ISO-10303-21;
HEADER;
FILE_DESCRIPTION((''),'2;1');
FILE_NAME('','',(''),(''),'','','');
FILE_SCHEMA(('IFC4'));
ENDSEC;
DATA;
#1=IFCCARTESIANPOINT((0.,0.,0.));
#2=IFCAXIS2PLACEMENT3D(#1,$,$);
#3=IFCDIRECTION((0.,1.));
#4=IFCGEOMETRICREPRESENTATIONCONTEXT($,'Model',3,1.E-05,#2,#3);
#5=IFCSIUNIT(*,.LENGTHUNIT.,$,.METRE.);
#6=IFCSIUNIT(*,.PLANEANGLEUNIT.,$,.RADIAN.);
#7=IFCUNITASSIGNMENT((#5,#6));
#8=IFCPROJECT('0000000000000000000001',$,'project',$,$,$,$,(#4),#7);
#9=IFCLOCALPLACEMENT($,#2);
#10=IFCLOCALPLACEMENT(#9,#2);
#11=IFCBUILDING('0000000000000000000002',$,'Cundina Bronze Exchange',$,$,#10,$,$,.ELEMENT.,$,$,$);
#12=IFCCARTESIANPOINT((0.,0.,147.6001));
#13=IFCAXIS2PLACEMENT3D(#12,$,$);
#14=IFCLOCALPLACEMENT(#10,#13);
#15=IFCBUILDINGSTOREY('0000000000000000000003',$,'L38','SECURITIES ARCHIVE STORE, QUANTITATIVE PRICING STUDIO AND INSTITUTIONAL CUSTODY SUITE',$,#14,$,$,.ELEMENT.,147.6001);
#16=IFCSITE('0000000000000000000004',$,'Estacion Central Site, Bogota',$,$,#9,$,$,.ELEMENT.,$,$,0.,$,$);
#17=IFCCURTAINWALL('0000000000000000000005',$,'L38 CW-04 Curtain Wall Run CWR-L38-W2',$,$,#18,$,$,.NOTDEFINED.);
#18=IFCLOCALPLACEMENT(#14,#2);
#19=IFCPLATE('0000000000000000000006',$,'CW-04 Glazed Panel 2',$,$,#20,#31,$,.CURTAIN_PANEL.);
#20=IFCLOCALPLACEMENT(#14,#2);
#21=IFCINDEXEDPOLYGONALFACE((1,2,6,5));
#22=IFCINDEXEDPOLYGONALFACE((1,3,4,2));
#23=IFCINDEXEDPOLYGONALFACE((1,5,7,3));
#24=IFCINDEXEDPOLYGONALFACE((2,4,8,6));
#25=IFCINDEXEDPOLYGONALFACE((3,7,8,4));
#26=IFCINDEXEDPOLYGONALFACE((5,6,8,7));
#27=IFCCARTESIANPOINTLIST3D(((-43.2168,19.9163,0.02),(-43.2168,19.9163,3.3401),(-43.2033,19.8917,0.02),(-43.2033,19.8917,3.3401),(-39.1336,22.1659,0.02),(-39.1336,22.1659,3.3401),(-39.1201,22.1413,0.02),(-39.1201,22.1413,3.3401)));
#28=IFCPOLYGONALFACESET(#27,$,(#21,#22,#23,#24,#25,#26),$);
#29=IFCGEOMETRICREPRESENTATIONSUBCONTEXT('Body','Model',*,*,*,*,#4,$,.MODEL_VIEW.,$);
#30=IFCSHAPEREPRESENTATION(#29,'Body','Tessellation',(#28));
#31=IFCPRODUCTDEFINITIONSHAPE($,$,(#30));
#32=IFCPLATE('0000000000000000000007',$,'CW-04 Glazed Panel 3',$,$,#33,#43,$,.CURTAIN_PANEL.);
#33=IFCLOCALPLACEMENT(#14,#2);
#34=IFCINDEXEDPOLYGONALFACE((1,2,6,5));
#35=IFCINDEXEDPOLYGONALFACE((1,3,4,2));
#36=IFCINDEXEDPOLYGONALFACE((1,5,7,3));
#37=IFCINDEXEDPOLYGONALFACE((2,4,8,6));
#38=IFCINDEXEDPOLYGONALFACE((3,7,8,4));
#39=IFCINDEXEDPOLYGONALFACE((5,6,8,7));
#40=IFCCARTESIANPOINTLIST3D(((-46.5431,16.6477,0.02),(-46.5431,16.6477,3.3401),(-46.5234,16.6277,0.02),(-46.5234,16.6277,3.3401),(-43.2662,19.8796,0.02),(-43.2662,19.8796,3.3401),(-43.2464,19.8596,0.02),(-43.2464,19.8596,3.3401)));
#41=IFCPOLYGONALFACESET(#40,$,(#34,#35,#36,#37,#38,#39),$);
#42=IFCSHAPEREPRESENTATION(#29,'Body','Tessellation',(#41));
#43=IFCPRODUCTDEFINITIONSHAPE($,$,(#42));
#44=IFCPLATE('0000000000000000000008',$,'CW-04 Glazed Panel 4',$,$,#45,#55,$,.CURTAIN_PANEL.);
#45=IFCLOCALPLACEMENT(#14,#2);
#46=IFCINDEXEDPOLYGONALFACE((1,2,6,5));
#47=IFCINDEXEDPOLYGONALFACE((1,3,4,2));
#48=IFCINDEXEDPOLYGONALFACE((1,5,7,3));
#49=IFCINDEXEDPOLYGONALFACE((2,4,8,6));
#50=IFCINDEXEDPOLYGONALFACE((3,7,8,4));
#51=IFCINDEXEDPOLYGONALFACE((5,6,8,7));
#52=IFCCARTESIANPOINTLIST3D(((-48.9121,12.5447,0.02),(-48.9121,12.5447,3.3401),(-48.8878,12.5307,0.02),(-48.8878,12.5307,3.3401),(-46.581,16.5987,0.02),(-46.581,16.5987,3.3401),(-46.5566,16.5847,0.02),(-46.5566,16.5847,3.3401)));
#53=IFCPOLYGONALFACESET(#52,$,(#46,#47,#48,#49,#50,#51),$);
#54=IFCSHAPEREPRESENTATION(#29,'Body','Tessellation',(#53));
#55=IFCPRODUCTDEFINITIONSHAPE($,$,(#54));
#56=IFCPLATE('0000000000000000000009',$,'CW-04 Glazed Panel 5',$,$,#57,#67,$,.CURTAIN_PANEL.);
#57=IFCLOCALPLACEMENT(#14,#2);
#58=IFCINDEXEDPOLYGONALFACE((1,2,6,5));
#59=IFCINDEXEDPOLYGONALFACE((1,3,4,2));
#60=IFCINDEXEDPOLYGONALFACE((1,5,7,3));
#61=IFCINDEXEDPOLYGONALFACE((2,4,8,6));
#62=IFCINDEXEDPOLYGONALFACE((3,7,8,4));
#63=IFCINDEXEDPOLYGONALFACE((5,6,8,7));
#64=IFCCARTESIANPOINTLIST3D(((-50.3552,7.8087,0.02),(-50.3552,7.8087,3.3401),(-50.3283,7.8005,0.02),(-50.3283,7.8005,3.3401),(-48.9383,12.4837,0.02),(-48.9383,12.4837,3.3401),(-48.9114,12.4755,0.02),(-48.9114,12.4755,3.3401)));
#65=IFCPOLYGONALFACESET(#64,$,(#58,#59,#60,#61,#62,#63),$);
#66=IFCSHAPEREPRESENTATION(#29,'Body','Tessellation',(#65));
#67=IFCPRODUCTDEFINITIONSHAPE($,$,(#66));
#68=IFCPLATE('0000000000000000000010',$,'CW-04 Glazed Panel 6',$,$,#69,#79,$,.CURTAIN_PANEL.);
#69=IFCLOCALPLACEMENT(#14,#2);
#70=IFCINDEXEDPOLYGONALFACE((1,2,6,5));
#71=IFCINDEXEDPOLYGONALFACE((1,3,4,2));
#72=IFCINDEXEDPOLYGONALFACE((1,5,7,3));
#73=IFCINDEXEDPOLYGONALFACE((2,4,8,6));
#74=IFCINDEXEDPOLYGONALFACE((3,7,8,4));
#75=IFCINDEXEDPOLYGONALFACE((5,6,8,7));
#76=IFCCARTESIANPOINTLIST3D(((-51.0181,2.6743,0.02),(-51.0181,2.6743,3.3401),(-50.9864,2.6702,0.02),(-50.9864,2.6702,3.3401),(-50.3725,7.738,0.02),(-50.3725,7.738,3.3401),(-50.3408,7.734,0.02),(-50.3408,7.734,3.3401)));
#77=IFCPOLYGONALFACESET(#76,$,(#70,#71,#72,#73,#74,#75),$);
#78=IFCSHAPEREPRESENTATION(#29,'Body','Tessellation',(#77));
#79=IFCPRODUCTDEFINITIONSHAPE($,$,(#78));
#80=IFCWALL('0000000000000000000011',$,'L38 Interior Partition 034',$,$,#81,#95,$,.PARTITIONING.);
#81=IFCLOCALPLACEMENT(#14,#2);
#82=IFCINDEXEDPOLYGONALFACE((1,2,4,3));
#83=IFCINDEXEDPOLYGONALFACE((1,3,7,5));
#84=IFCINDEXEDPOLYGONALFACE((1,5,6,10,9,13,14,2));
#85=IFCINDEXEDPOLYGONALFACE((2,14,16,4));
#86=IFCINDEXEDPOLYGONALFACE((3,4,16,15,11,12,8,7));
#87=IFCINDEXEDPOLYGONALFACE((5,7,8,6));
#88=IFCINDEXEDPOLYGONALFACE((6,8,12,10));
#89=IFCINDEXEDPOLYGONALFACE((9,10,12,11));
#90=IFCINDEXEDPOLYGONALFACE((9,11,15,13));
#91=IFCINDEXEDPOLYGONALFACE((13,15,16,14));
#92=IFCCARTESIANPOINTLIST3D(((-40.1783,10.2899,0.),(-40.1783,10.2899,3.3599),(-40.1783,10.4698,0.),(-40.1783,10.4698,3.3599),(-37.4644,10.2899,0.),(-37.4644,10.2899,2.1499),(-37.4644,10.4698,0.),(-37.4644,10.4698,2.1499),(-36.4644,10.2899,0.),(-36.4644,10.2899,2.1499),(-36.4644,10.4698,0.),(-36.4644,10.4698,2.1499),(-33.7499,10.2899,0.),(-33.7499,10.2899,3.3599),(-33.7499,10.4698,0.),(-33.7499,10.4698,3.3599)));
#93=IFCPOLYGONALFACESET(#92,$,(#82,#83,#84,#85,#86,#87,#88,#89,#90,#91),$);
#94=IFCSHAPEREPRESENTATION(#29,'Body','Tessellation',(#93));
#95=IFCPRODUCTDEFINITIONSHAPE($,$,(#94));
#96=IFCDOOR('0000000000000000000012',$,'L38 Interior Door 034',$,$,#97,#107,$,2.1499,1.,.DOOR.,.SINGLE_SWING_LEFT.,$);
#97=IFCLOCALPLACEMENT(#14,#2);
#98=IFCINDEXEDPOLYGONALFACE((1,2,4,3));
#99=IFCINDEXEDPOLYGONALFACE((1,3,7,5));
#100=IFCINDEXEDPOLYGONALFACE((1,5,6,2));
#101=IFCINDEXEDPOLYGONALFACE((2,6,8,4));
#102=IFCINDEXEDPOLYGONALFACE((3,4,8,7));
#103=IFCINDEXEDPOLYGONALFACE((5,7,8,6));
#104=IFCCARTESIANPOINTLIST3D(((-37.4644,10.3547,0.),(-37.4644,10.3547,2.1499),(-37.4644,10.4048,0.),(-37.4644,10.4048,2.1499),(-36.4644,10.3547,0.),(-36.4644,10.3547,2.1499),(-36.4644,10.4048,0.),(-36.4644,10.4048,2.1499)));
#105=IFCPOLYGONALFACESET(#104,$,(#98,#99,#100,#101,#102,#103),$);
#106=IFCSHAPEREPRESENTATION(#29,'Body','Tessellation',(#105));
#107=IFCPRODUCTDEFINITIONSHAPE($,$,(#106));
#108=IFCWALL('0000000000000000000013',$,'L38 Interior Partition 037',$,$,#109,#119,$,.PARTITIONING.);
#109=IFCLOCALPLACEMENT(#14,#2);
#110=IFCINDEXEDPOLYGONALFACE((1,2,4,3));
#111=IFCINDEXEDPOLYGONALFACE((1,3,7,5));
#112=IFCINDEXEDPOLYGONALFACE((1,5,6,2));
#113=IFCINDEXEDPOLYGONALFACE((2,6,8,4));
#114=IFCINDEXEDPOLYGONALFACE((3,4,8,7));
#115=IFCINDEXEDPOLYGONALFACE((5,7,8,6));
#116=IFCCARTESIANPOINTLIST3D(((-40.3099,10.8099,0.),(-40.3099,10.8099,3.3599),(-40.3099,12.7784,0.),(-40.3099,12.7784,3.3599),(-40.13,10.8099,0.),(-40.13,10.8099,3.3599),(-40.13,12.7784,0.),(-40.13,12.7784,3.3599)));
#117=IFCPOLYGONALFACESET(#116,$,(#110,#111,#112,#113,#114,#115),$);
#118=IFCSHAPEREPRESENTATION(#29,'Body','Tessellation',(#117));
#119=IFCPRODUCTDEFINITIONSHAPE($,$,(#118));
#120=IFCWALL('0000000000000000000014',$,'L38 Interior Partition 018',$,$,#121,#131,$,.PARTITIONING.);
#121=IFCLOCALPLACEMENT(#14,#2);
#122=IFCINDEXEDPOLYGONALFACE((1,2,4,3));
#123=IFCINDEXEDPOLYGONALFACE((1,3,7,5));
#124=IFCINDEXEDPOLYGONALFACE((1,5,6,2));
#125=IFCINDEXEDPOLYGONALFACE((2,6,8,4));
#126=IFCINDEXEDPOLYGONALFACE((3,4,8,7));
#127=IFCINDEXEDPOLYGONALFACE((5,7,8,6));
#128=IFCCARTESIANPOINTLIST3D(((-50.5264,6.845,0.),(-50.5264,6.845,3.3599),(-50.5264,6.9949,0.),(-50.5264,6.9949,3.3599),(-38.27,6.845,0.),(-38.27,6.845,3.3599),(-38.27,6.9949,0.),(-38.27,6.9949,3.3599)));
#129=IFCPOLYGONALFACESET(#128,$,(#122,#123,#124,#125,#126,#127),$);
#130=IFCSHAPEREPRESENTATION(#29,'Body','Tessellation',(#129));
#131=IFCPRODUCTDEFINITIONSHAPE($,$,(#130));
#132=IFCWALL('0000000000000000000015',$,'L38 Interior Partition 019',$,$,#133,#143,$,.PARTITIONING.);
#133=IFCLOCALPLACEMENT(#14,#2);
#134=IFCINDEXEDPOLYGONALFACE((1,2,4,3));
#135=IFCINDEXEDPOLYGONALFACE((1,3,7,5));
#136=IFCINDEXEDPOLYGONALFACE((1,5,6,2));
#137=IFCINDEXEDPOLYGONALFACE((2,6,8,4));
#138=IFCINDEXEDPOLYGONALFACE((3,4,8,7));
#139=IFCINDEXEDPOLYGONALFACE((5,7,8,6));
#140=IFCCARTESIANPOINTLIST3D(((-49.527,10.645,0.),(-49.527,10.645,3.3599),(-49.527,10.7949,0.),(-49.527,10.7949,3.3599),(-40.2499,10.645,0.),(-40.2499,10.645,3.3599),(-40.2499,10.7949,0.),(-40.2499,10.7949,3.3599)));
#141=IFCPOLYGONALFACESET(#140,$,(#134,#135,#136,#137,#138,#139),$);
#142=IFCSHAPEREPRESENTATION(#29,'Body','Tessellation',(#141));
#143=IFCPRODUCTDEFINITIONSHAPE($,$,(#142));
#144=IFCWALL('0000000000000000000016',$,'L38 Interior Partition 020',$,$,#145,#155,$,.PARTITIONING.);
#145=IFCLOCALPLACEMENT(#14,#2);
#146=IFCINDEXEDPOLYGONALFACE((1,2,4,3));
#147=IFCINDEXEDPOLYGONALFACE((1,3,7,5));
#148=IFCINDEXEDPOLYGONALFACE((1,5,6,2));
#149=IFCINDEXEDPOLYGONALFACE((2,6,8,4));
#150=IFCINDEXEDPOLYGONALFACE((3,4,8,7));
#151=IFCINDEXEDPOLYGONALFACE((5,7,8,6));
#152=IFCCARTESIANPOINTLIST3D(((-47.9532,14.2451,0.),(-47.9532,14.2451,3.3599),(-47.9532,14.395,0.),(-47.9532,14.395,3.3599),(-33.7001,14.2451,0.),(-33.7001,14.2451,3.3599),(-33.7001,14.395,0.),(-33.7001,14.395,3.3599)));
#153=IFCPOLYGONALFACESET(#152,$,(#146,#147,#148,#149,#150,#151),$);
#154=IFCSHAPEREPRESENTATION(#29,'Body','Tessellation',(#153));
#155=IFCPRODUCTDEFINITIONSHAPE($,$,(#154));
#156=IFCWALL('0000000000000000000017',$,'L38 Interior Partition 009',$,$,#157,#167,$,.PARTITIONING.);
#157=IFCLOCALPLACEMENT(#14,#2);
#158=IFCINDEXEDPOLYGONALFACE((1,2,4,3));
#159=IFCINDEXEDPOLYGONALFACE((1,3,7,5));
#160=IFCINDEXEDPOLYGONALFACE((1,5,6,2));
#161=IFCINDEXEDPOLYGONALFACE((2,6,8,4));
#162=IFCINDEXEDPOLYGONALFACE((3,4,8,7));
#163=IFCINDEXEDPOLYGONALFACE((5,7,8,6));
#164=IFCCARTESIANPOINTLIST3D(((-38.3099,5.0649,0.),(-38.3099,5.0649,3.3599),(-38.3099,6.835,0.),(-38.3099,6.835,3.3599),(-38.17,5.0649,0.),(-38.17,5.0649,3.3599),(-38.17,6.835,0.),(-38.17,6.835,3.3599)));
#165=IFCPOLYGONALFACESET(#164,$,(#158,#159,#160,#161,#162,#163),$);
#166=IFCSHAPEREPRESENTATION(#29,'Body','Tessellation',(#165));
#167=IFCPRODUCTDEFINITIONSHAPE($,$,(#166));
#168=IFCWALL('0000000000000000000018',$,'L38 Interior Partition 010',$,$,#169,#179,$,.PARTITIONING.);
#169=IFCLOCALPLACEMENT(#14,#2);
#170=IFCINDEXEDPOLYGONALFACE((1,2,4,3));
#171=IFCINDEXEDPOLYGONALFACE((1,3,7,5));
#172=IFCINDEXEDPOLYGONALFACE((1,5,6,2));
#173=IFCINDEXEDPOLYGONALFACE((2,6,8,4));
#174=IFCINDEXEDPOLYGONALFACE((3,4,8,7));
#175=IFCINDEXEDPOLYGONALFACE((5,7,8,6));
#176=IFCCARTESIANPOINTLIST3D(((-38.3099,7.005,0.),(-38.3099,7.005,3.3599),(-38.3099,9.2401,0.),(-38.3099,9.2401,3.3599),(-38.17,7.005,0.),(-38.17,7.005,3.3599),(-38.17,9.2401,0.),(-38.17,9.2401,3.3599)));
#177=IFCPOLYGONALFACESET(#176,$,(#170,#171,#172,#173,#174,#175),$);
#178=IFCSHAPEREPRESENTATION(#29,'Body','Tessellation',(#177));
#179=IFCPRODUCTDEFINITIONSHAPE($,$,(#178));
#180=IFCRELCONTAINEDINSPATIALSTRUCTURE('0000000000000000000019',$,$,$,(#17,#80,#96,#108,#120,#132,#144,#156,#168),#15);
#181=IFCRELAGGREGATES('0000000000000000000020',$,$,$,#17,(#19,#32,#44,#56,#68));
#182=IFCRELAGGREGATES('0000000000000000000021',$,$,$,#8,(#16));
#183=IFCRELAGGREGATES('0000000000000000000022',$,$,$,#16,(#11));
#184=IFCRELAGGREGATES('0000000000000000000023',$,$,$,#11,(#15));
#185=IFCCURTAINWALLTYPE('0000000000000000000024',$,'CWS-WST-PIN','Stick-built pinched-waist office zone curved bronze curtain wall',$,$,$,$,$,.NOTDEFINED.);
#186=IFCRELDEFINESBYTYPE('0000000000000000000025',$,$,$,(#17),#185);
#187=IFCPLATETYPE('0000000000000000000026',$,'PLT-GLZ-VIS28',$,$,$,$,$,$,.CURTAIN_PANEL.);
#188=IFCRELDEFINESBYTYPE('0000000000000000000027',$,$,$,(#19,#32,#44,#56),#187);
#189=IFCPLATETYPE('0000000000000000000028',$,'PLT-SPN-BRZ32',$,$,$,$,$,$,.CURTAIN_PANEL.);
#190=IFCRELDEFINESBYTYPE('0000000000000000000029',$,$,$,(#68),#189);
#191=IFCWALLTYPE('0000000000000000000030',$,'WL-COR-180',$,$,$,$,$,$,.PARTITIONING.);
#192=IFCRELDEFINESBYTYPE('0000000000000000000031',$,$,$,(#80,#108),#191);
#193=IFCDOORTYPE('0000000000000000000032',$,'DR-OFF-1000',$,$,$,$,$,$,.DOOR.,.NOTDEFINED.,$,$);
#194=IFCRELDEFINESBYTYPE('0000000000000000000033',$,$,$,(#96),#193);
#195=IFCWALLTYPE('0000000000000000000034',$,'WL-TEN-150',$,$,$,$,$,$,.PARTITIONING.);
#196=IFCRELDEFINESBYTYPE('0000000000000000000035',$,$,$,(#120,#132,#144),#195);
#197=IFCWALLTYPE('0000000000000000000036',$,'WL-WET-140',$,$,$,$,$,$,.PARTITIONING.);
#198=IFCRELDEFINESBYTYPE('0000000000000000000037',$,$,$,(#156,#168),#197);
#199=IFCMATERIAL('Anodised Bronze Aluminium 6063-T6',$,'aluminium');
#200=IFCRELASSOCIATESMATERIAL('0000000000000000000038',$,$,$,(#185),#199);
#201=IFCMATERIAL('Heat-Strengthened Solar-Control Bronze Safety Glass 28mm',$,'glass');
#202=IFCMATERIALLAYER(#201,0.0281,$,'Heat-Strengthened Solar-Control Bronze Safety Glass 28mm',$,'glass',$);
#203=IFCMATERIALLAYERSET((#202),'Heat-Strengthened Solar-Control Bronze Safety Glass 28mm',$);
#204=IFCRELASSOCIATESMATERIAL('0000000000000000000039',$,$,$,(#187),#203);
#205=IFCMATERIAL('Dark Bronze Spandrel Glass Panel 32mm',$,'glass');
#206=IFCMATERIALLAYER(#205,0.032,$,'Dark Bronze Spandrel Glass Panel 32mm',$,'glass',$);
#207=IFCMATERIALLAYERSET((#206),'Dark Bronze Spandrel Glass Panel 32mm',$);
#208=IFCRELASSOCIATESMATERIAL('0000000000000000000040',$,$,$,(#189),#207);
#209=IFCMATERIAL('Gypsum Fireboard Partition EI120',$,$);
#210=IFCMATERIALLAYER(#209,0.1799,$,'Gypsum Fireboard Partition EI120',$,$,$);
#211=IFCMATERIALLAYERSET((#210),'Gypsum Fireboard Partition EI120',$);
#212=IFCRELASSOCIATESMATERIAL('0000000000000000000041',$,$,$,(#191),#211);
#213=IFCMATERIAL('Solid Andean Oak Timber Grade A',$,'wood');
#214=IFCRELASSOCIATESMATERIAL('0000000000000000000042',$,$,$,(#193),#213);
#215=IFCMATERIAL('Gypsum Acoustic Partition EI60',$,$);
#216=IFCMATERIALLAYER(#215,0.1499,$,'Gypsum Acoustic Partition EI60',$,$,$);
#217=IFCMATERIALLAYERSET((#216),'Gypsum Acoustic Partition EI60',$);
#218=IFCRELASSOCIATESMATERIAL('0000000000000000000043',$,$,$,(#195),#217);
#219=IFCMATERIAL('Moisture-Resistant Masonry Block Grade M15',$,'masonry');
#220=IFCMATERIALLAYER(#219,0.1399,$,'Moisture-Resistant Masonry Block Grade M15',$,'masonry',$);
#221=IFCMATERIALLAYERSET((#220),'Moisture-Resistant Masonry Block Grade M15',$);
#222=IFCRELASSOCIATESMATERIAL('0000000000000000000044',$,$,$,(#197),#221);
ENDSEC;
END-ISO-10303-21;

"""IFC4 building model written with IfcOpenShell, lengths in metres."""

from ifc_helpers import new_model, si_unit, direction, frame, frame_2d, origin, origin_2d, place, context, subcontext, project, spatial, rectangle, extrude, material, layer, layer_set, type_object, element, fill, aggregate, save


model = new_model("IFC4")

# Units and contexts
model_context = context("Model", 3, precision=1e-05, world=origin(), true_north=direction((0.0, 1.0)))
body_context = subcontext(model_context, "Body", "Model", "MODEL_VIEW")
ifc_project = project(units=[si_unit("LENGTHUNIT", "METRE"), si_unit("PLANEANGLEUNIT", "RADIAN")], contexts=[model_context])

# Site, building, storey
site_placement = place(None, origin())
site = spatial("IfcSite", under=ifc_project, at=site_placement, Name="Estacion Central Site, Bogota", CompositionType="ELEMENT", RefElevation=0.0)
building_placement = place(site_placement, origin())
building = spatial("IfcBuilding", under=site, at=building_placement, Name="Cundina Bronze Exchange", CompositionType="ELEMENT")
storey_placement = place(building_placement, frame((0.0, 0.0, 147.6001)))
storey = spatial("IfcBuildingStorey", under=building, at=storey_placement, Name="L38", Description="SECURITIES ARCHIVE STORE, QUANTITATIVE PRICING STUDIO AND INSTITUTIONAL CUSTODY SUITE", CompositionType="ELEMENT", Elevation=147.6001)

# Curtain wall, plates
ifc_material_1 = material(Name="Anodised Bronze Aluminium 6063-T6", Category="aluminium")
curtain_wall_type = type_object("IfcCurtainWallType", Name="CWS-WST-PIN", Description="Stick-built pinched-waist office zone curved bronze curtain wall", PredefinedType="NOTDEFINED", material=ifc_material_1)
curtain_wall_placement = place(storey_placement, origin())
curtain_wall = element("IfcCurtainWall", 1, at=curtain_wall_placement, inside=storey, type_object=curtain_wall_type, Name="L38 CW-04 Curtain Wall Run CWR-L38-W2", PredefinedType="NOTDEFINED")
ifc_material_2 = material(Name="Heat-Strengthened Solar-Control Bronze Safety Glass 28mm", Category="glass")
ifc_layer_1 = layer(ifc_material_2, 0.0281, Name="Heat-Strengthened Solar-Control Bronze Safety Glass 28mm", Category="glass")
ifc_layer_set_1 = layer_set([ifc_layer_1], Name="Heat-Strengthened Solar-Control Bronze Safety Glass 28mm")
plate_type_1 = type_object("IfcPlateType", Name="PLT-GLZ-VIS28", PredefinedType="CURTAIN_PANEL", material=ifc_layer_set_1)
plate_1_placement = place(storey_placement, frame((-41.1685, 21.0288, 0.02), z_axis=(0.0, 0.0, 1.0), x_axis=(-0.875869, -0.482549, 0.0)))
plate_1 = element("IfcPlate", 2, at=plate_1_placement, type_object=plate_type_1, Name="CW-04 Glazed Panel 2", PredefinedType="CURTAIN_PANEL", context=body_context, shape_type="SweptSolid", body=[
    extrude(rectangle(XDim=4.6619, YDim=0.0281, at=origin_2d()), origin(), (0.0, 0.0, 1.0), 3.3201),
])
plate_2_placement = place(storey_placement, frame((-44.8948, 18.2537, 0.02), z_axis=(0.0, 0.0, 1.0), x_axis=(-0.711989, -0.70219, 0.0)))
plate_2 = element("IfcPlate", 3, at=plate_2_placement, type_object=plate_type_1, Name="CW-04 Glazed Panel 3", PredefinedType="CURTAIN_PANEL", context=body_context, shape_type="SweptSolid", body=[
    extrude(rectangle(XDim=4.6025, YDim=0.0281, at=origin_2d()), origin(), (0.0, 0.0, 1.0), 3.3201),
])
plate_3_placement = place(storey_placement, frame((-47.7344, 14.5647, 0.02), z_axis=(0.0, 0.0, 1.0), x_axis=(-0.498488, -0.866897, 0.0)))
plate_3 = element("IfcPlate", 4, at=plate_3_placement, type_object=plate_type_1, Name="CW-04 Glazed Panel 4", PredefinedType="CURTAIN_PANEL", context=body_context, shape_type="SweptSolid", body=[
    extrude(rectangle(XDim=4.6765, YDim=0.0281, at=origin_2d()), origin(), (0.0, 0.0, 1.0), 3.3201),
])
plate_4_placement = place(storey_placement, frame((-49.6333, 10.1421, 0.02), z_axis=(0.0, 0.0, 1.0), x_axis=(-0.290051, -0.957011, 0.0)))
plate_4 = element("IfcPlate", 5, at=plate_4_placement, type_object=plate_type_1, Name="CW-04 Glazed Panel 5", PredefinedType="CURTAIN_PANEL", context=body_context, shape_type="SweptSolid", body=[
    extrude(rectangle(XDim=4.885, YDim=0.0281, at=origin_2d()), origin(), (0.0, 0.0, 1.0), 3.3201),
])
ifc_material_3 = material(Name="Dark Bronze Spandrel Glass Panel 32mm", Category="glass")
ifc_layer_2 = layer(ifc_material_3, 0.032, Name="Dark Bronze Spandrel Glass Panel 32mm", Category="glass")
ifc_layer_set_2 = layer_set([ifc_layer_2], Name="Dark Bronze Spandrel Glass Panel 32mm")
plate_type_2 = type_object("IfcPlateType", Name="PLT-SPN-BRZ32", PredefinedType="CURTAIN_PANEL", material=ifc_layer_set_2)
plate_5_placement = place(storey_placement, frame((-50.6794, 5.2041, 0.02), z_axis=(0.0, 0.0, 1.0), x_axis=(-0.126476, -0.99197, 0.0)))
plate_5 = element("IfcPlate", 6, at=plate_5_placement, type_object=plate_type_2, Name="CW-04 Glazed Panel 6", PredefinedType="CURTAIN_PANEL", context=body_context, shape_type="SweptSolid", body=[
    extrude(rectangle(XDim=5.1047, YDim=0.032, at=origin_2d()), origin(), (0.0, 0.0, 1.0), 3.3201),
])
aggregate(curtain_wall, [plate_1, plate_2, plate_3, plate_4, plate_5])

# Wall, opening, door
ifc_material_4 = material(Name="Gypsum Fireboard Partition EI120")
ifc_layer_3 = layer(ifc_material_4, 0.1799, Name="Gypsum Fireboard Partition EI120")
ifc_layer_set_3 = layer_set([ifc_layer_3], Name="Gypsum Fireboard Partition EI120")
wall_type_1 = type_object("IfcWallType", Name="WL-COR-180", PredefinedType="PARTITIONING", material=ifc_layer_set_3)
wall_1_placement = place(storey_placement, frame((-40.1785, 10.3799, 0.0), z_axis=(0.0, 0.0, 1.0), x_axis=(1.0, 0.0, 0.0)))
wall_1 = element("IfcWall", 7, at=wall_1_placement, inside=storey, type_object=wall_type_1, Name="L38 Interior Partition 034", PredefinedType="PARTITIONING", context=body_context, shape_type="SweptSolid", body=[
    extrude(rectangle(XDim=6.4285, YDim=0.1799, at=frame_2d((3.2144, 0.0))), origin(), (0.0, 0.0, 1.0), 3.3599),
])
opening_placement = place(wall_1_placement, frame((2.7141, 0.0, 0.0)))
opening = element("IfcOpeningElement", 8, at=opening_placement, cuts=wall_1, PredefinedType="OPENING", context=body_context, shape_type="SweptSolid", body=[
    extrude(rectangle(XDim=1.0, YDim=2.1499, at=frame_2d((0.5, 1.075))), frame((0.0, 0.0999, 0.0), z_axis=(0.0, -1.0, 0.0), x_axis=(1.0, 0.0, 0.0)), (0.0, 0.0, 1.0), 0.2),
])
ifc_material_5 = material(Name="Solid Andean Oak Timber Grade A", Category="wood")
door_type = type_object("IfcDoorType", Name="DR-OFF-1000", OperationType="NOTDEFINED", PredefinedType="DOOR", material=ifc_material_5)
door_placement = place(opening_placement, origin())
door = element("IfcDoor", 9, at=door_placement, inside=storey, type_object=door_type, Name="L38 Interior Door 034", OperationType="SINGLE_SWING_LEFT", OverallHeight=2.1499, OverallWidth=1.0, PredefinedType="DOOR", context=body_context, shape_type="SweptSolid", body=[
    extrude(rectangle(XDim=1.0, YDim=2.1499, at=frame_2d((0.5, 1.075))), frame((0.0, 0.0249, 0.0), z_axis=(0.0, -1.0, 0.0), x_axis=(1.0, 0.0, 0.0)), (0.0, 0.0, 1.0), 0.05),
])
fill(opening, door)

# Walls
wall_2_placement = place(storey_placement, frame((-40.22, 12.7786, 0.0), z_axis=(0.0, 0.0, 1.0), x_axis=(0.0, -1.0, 0.0)))
element("IfcWall", 10, at=wall_2_placement, inside=storey, type_object=wall_type_1, Name="L38 Interior Partition 037", PredefinedType="PARTITIONING", context=body_context, shape_type="SweptSolid", body=[
    extrude(rectangle(XDim=1.9685, YDim=0.1799, at=frame_2d((0.9844, 0.0))), origin(), (0.0, 0.0, 1.0), 3.3599),
])
ifc_material_6 = material(Name="Gypsum Acoustic Partition EI60")
ifc_layer_4 = layer(ifc_material_6, 0.1499, Name="Gypsum Acoustic Partition EI60")
ifc_layer_set_4 = layer_set([ifc_layer_4], Name="Gypsum Acoustic Partition EI60")
wall_type_2 = type_object("IfcWallType", Name="WL-TEN-150", PredefinedType="PARTITIONING", material=ifc_layer_set_4)
wall_3_placement = place(storey_placement, frame((-50.5264, 6.9199, 0.0), z_axis=(0.0, 0.0, 1.0), x_axis=(1.0, 0.0, 0.0)))
element("IfcWall", 11, at=wall_3_placement, inside=storey, type_object=wall_type_2, Name="L38 Interior Partition 018", PredefinedType="PARTITIONING", context=body_context, shape_type="SweptSolid", body=[
    extrude(rectangle(XDim=12.2563, YDim=0.1499, at=frame_2d((6.1282, 0.0))), origin(), (0.0, 0.0, 1.0), 3.3599),
])
wall_4_placement = place(storey_placement, frame((-49.5271, 10.72, 0.0), z_axis=(0.0, 0.0, 1.0), x_axis=(1.0, 0.0, 0.0)))
element("IfcWall", 12, at=wall_4_placement, inside=storey, type_object=wall_type_2, Name="L38 Interior Partition 019", PredefinedType="PARTITIONING", context=body_context, shape_type="SweptSolid", body=[
    extrude(rectangle(XDim=9.2771, YDim=0.1499, at=frame_2d((4.6387, 0.0))), origin(), (0.0, 0.0, 1.0), 3.3599),
])
wall_5_placement = place(storey_placement, frame((-47.9531, 14.3201, 0.0), z_axis=(0.0, 0.0, 1.0), x_axis=(1.0, 0.0, 0.0)))
element("IfcWall", 13, at=wall_5_placement, inside=storey, type_object=wall_type_2, Name="L38 Interior Partition 020", PredefinedType="PARTITIONING", context=body_context, shape_type="SweptSolid", body=[
    extrude(rectangle(XDim=14.2532, YDim=0.1499, at=frame_2d((7.1265, 0.0))), origin(), (0.0, 0.0, 1.0), 3.3599),
])
ifc_material_7 = material(Name="Moisture-Resistant Masonry Block Grade M15", Category="masonry")
ifc_layer_5 = layer(ifc_material_7, 0.1399, Name="Moisture-Resistant Masonry Block Grade M15", Category="masonry")
ifc_layer_set_5 = layer_set([ifc_layer_5], Name="Moisture-Resistant Masonry Block Grade M15")
wall_type_3 = type_object("IfcWallType", Name="WL-WET-140", PredefinedType="PARTITIONING", material=ifc_layer_set_5)
wall_6_placement = place(storey_placement, frame((-38.24, 5.0649, 0.0), z_axis=(0.0, 0.0, 1.0), x_axis=(0.0, 1.0, 0.0)))
element("IfcWall", 14, at=wall_6_placement, inside=storey, type_object=wall_type_3, Name="L38 Interior Partition 009", PredefinedType="PARTITIONING", context=body_context, shape_type="SweptSolid", body=[
    extrude(rectangle(XDim=1.77, YDim=0.1399, at=frame_2d((0.885, 0.0))), origin(), (0.0, 0.0, 1.0), 3.3599),
])
wall_7_placement = place(storey_placement, frame((-38.24, 7.0049, 0.0), z_axis=(0.0, 0.0, 1.0), x_axis=(0.0, 1.0, 0.0)))
element("IfcWall", 15, at=wall_7_placement, inside=storey, type_object=wall_type_3, Name="L38 Interior Partition 010", PredefinedType="PARTITIONING", context=body_context, shape_type="SweptSolid", body=[
    extrude(rectangle(XDim=2.2351, YDim=0.1399, at=frame_2d((1.1177, 0.0))), origin(), (0.0, 0.0, 1.0), 3.3599),
])

save(model, "model.ifc")
